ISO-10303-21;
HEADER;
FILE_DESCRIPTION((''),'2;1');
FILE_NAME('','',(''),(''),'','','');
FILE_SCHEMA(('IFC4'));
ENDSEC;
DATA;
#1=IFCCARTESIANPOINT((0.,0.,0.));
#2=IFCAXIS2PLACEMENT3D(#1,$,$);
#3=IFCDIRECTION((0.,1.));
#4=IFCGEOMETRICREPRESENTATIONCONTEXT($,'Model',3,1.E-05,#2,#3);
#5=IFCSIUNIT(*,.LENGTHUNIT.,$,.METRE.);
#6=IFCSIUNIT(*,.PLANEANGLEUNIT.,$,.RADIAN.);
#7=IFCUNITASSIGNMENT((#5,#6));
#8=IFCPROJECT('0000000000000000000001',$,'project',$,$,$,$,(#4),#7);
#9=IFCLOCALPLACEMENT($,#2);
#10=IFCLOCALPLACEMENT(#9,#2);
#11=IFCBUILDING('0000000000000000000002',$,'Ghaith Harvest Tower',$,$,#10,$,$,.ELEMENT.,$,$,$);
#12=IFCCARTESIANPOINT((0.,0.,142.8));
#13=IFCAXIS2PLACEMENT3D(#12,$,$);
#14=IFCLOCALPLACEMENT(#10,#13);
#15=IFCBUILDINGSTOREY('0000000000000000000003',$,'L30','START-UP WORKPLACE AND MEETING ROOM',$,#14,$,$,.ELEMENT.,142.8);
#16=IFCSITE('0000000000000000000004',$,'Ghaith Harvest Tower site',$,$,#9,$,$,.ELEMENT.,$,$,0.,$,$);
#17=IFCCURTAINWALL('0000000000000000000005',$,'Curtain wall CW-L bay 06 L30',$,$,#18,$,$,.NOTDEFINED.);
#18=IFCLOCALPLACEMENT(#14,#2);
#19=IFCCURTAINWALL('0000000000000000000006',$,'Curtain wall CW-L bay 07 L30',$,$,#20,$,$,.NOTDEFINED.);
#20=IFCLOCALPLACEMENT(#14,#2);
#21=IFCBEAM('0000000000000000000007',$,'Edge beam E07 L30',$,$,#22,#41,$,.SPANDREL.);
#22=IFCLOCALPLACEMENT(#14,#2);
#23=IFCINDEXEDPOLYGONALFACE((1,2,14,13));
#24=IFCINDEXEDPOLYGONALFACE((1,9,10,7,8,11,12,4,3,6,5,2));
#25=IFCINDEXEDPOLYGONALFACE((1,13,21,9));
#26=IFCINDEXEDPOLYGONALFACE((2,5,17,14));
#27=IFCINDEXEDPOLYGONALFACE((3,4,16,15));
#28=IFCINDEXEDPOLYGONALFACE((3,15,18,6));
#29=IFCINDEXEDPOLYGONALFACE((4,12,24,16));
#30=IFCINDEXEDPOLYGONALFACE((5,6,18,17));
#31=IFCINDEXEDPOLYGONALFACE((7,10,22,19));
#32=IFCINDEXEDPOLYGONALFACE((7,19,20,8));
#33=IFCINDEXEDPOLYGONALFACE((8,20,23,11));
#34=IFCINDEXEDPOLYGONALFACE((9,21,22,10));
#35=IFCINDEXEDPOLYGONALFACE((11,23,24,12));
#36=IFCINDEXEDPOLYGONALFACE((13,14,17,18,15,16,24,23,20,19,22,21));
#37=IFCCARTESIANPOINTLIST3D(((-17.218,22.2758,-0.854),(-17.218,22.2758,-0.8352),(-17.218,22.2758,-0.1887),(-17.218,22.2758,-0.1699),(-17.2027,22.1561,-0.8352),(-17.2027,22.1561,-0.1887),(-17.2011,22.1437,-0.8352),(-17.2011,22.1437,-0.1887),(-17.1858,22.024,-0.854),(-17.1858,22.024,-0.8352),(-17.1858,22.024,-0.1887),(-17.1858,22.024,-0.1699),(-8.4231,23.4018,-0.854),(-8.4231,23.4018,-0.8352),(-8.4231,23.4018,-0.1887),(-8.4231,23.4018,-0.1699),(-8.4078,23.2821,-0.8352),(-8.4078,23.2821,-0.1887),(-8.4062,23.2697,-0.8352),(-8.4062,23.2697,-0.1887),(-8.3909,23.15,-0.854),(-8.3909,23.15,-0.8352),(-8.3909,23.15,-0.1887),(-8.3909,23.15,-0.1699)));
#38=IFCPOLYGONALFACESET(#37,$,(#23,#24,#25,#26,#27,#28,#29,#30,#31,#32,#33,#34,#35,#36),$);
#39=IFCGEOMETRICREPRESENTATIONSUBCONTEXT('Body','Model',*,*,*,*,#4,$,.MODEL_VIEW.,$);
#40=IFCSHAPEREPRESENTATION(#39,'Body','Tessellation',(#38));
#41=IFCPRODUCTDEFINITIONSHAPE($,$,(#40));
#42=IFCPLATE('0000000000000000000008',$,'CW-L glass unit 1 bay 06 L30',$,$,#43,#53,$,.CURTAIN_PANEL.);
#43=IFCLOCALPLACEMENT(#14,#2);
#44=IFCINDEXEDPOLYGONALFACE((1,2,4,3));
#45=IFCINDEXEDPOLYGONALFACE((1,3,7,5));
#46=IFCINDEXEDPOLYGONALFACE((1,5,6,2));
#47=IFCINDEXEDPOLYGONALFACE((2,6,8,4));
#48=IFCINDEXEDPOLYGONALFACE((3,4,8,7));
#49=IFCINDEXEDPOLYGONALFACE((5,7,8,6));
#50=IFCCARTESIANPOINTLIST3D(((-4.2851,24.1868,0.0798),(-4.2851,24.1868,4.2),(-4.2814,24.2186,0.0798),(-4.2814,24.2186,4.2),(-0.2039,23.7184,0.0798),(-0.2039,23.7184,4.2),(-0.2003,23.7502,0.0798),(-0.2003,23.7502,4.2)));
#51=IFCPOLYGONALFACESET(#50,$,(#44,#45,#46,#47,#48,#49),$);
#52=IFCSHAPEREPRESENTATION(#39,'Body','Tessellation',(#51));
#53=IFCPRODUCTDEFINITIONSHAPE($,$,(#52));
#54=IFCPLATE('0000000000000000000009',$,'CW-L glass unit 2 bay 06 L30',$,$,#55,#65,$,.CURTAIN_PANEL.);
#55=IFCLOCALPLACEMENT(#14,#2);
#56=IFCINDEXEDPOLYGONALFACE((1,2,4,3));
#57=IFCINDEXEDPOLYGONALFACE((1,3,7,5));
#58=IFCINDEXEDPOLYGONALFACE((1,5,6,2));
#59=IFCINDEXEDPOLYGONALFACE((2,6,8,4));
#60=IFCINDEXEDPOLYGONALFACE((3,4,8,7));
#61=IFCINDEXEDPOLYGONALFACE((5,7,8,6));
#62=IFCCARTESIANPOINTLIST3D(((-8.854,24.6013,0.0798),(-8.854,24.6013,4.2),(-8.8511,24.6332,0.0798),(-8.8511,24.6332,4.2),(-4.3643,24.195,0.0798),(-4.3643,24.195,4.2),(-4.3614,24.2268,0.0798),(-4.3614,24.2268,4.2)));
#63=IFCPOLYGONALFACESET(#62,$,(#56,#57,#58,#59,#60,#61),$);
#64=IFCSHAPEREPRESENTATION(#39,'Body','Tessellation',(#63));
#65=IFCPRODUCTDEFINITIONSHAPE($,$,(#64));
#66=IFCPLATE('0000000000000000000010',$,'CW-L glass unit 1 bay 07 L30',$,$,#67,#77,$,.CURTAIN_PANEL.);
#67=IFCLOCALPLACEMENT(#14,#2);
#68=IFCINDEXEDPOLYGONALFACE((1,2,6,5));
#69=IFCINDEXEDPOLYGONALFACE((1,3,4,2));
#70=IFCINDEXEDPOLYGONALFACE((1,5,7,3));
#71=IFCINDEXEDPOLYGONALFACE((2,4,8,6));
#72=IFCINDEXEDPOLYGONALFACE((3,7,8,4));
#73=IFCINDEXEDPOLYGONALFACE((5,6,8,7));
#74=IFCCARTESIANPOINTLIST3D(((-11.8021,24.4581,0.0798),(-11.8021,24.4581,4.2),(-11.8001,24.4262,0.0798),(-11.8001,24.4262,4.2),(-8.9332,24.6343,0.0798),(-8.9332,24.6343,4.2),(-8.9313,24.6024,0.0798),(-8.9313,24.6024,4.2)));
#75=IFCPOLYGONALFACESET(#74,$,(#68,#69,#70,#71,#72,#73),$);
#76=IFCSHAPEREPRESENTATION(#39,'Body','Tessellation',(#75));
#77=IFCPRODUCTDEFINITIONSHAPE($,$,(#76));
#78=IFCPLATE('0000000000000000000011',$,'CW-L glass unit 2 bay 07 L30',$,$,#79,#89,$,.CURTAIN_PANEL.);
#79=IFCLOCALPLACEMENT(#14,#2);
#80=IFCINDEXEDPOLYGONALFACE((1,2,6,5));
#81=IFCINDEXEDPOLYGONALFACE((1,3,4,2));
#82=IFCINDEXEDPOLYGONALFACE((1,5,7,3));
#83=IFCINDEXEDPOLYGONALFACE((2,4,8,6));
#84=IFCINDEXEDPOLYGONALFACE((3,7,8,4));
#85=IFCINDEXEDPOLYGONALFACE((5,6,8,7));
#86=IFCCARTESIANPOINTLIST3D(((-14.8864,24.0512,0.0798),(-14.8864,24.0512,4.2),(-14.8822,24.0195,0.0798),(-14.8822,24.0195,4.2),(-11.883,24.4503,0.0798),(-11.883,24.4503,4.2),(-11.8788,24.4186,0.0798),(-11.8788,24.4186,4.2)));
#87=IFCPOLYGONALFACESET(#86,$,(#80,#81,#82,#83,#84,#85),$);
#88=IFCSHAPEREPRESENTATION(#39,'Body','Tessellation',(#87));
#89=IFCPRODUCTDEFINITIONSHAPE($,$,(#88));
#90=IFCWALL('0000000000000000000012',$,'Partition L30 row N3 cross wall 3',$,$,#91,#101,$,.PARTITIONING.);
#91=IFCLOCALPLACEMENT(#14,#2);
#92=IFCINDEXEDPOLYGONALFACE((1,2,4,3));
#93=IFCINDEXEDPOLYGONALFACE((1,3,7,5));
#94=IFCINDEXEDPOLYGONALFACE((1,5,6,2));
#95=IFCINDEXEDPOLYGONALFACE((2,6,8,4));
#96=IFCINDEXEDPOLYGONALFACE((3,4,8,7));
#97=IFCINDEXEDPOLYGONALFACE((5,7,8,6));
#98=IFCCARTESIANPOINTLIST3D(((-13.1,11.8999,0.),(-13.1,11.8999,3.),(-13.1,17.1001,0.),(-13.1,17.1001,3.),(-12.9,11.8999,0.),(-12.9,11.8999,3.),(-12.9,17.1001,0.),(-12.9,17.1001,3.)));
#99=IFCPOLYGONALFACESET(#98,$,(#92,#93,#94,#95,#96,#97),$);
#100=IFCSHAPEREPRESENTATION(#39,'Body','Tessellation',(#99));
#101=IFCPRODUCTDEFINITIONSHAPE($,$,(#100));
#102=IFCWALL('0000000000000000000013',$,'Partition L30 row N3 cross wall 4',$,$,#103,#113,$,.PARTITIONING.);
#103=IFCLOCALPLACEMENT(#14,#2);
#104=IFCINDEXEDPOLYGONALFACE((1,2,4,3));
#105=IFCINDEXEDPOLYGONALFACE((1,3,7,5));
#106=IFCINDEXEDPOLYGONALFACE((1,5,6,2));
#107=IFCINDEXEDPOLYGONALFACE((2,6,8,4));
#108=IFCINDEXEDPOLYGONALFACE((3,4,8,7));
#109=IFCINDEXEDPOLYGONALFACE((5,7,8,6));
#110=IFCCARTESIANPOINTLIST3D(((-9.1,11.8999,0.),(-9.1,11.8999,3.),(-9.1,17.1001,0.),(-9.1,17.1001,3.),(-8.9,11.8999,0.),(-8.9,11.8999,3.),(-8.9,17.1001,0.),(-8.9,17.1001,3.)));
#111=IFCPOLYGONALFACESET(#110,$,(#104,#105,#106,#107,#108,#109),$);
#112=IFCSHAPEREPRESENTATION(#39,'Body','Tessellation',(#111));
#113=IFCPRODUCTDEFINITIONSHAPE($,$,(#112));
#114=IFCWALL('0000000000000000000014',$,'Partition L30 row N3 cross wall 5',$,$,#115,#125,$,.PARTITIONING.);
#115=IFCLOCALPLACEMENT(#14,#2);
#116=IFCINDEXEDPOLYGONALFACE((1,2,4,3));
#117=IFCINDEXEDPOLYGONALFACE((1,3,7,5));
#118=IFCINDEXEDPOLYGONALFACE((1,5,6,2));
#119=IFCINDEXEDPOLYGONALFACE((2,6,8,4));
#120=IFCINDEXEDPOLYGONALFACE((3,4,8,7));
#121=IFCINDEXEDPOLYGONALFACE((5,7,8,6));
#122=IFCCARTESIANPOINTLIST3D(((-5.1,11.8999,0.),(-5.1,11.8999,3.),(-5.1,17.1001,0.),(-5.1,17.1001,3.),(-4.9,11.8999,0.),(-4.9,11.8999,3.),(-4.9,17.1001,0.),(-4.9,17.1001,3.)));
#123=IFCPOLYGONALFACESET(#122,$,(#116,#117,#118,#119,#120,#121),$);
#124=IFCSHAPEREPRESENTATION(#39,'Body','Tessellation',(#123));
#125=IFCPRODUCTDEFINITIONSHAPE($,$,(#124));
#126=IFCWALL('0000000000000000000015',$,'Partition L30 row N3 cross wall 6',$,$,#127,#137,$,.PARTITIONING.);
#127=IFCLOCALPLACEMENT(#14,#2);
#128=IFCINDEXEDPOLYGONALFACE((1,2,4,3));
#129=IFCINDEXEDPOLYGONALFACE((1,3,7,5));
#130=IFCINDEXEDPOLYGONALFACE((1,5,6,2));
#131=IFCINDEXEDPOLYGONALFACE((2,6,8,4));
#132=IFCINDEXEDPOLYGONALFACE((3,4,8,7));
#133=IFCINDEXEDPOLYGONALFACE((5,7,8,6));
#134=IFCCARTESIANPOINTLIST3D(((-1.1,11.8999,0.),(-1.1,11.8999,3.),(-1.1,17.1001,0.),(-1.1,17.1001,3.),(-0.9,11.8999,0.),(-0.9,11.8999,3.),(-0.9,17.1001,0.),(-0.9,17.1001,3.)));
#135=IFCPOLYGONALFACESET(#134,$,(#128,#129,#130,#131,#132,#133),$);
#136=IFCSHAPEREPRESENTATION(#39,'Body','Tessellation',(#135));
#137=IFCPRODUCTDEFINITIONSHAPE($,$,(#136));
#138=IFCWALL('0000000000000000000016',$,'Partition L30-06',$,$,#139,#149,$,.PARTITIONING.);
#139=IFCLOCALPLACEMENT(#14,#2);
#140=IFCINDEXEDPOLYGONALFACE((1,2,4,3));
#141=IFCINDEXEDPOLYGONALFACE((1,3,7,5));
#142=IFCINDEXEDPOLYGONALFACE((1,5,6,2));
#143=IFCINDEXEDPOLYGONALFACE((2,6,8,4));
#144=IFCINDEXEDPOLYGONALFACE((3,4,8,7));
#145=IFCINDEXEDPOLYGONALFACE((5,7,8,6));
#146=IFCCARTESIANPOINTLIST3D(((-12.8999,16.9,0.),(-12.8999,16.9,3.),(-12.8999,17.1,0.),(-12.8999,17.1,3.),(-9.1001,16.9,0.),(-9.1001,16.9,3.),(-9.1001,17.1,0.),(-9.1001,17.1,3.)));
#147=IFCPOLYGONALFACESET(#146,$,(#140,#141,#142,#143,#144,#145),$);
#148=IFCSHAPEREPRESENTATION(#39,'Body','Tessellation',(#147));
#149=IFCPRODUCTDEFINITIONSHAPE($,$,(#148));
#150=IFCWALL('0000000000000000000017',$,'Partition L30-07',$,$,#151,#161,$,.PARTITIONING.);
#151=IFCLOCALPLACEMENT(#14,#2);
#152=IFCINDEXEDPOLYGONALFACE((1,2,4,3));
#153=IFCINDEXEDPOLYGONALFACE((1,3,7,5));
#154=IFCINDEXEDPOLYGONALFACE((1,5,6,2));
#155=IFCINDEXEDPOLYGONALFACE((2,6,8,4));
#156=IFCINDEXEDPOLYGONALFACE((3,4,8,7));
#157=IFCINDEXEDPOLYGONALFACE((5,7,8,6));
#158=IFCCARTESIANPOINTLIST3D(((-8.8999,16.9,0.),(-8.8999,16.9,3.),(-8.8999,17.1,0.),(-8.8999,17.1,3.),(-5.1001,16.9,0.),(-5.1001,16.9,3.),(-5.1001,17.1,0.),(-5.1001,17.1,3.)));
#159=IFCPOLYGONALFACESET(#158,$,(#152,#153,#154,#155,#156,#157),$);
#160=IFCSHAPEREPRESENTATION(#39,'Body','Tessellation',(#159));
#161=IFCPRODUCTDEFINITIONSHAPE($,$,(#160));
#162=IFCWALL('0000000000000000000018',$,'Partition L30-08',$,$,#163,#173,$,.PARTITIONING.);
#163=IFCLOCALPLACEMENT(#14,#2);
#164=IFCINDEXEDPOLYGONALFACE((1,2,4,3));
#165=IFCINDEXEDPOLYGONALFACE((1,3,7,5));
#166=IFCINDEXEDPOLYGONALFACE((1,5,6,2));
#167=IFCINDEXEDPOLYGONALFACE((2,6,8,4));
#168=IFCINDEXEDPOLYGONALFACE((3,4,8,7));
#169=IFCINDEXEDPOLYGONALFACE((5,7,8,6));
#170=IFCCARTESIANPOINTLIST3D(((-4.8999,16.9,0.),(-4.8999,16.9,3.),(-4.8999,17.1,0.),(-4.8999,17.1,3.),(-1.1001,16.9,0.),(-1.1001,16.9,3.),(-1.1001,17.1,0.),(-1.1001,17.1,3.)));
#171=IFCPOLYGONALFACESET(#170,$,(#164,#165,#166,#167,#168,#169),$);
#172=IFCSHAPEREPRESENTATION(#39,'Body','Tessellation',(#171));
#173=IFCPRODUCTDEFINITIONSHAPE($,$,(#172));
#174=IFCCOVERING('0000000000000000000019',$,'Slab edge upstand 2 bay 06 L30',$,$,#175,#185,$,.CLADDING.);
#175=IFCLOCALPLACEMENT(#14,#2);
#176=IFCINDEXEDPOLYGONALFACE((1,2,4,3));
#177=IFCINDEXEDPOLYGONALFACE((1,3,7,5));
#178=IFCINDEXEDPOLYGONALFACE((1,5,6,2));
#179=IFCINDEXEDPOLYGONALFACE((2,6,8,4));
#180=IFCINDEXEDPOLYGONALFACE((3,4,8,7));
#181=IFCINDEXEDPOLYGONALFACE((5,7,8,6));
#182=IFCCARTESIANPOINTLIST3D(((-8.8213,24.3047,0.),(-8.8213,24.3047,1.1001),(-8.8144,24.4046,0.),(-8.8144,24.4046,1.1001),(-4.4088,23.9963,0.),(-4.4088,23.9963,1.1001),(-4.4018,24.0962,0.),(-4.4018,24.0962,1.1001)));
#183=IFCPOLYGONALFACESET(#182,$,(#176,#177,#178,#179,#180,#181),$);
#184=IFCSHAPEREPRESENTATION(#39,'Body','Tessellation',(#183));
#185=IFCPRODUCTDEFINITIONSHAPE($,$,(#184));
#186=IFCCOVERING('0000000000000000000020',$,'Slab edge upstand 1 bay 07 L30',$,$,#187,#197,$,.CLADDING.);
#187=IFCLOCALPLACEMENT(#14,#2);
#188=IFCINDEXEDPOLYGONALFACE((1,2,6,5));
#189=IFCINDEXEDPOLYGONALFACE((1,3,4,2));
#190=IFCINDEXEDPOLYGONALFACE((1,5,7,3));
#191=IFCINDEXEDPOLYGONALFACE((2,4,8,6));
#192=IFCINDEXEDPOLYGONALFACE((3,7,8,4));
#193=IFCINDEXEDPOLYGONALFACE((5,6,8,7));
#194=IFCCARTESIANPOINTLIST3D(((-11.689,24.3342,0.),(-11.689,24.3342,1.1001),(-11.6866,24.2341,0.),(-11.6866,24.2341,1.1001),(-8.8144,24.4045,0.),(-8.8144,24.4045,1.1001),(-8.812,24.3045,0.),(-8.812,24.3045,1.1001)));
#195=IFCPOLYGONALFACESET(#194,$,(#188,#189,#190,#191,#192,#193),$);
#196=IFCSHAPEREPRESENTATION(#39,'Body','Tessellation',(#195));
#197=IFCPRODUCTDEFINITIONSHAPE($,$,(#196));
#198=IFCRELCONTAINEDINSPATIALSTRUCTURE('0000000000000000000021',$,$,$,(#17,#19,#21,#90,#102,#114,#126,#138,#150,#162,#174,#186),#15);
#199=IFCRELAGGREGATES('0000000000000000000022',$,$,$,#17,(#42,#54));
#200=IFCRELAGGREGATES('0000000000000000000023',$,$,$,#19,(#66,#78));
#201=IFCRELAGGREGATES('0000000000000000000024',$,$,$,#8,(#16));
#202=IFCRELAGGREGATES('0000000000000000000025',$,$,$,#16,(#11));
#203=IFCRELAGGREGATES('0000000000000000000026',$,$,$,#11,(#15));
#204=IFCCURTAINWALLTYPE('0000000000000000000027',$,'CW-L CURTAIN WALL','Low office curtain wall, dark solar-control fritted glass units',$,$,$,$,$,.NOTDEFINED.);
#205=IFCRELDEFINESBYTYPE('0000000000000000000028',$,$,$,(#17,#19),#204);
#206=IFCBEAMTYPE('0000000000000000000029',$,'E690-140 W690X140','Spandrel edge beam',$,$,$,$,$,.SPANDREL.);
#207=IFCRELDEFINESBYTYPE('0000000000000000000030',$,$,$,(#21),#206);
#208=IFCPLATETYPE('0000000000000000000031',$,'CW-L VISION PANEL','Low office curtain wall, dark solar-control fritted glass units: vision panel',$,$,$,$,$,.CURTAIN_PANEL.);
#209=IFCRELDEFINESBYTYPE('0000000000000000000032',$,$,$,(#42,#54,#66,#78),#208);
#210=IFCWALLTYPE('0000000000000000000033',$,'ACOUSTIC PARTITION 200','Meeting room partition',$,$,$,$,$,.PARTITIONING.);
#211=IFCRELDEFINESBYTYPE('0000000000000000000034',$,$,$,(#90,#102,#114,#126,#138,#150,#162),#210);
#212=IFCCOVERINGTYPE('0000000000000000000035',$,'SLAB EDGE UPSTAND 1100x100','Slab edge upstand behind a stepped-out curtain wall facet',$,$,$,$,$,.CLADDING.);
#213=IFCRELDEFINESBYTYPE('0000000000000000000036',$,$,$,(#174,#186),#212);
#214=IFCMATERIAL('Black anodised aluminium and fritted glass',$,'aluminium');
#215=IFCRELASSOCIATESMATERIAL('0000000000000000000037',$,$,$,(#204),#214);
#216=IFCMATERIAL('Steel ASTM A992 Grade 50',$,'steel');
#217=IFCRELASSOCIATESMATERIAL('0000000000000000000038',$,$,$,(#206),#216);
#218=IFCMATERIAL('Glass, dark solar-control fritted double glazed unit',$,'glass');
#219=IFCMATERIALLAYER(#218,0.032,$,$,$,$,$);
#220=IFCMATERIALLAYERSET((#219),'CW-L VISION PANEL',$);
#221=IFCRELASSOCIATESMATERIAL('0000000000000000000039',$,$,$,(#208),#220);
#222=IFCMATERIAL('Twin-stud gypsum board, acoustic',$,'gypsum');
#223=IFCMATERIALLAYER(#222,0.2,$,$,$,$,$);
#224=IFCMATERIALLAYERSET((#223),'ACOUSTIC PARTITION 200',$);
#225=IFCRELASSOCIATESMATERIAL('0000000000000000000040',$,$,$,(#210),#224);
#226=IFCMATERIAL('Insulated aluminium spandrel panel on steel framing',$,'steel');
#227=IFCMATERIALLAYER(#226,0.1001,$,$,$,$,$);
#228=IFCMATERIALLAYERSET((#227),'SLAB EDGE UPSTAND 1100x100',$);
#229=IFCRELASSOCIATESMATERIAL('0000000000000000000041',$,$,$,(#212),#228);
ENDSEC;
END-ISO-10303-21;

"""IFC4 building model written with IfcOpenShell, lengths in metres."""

from ifc_helpers import new_model, si_unit, direction, frame, frame_2d, origin, origin_2d, place, context, subcontext, project, spatial, rectangle, i_section, extrude, material, layer, layer_set, material_profile, profile_set, type_object, element, aggregate, save


model = new_model("IFC4")

# Units and contexts
model_context = context("Model", 3, precision=1e-05, world=origin(), true_north=direction((0.0, 1.0)))
body_context = subcontext(model_context, "Body", "Model", "MODEL_VIEW")
ifc_project = project(units=[si_unit("LENGTHUNIT", "METRE"), si_unit("PLANEANGLEUNIT", "RADIAN")], contexts=[model_context])

# Site, building, storey
site_placement = place(None, origin())
site = spatial("IfcSite", under=ifc_project, at=site_placement, Name="Ghaith Harvest Tower site", CompositionType="ELEMENT", RefElevation=0.0)
building_placement = place(site_placement, origin())
building = spatial("IfcBuilding", under=site, at=building_placement, Name="Ghaith Harvest Tower", CompositionType="ELEMENT")
storey_placement = place(building_placement, frame((0.0, 0.0, 142.8)))
storey = spatial("IfcBuildingStorey", under=building, at=storey_placement, Name="L30", Description="START-UP WORKPLACE AND MEETING ROOM", CompositionType="ELEMENT", Elevation=142.8)

# Curtain walls
ifc_material_1 = material(Name="Black anodised aluminium and fritted glass", Category="aluminium")
curtain_wall_type = type_object("IfcCurtainWallType", Name="CW-L CURTAIN WALL", Description="Low office curtain wall, dark solar-control fritted glass units", PredefinedType="NOTDEFINED", material=ifc_material_1)
curtain_wall_1_placement = place(storey_placement, origin())
curtain_wall_1 = element("IfcCurtainWall", 1, at=curtain_wall_1_placement, inside=storey, type_object=curtain_wall_type, Name="Curtain wall CW-L bay 06 L30", PredefinedType="NOTDEFINED")
curtain_wall_2_placement = place(storey_placement, origin())
curtain_wall_2 = element("IfcCurtainWall", 2, at=curtain_wall_2_placement, inside=storey, type_object=curtain_wall_type, Name="Curtain wall CW-L bay 07 L30", PredefinedType="NOTDEFINED")

# Beam
ifc_material_2 = material(Name="Steel ASTM A992 Grade 50", Category="steel")
ifc_material_profile_1 = material_profile(ifc_material_2, i_section(OverallWidth=0.2539, OverallDepth=0.6841, WebThickness=0.0125, FlangeThickness=0.0188, at=origin_2d()), Name="W690X140")
ifc_profile_set_1 = profile_set([ifc_material_profile_1], Name="Steel ASTM A992 Grade 50")
beam_type = type_object("IfcBeamType", Name="E690-140 W690X140", Description="Spandrel edge beam", PredefinedType="SPANDREL", material=ifc_profile_set_1)
beam_1_placement = place(storey_placement, frame((-8.407, 23.2759, -0.512), z_axis=(-0.991904, -0.126989, 0.0), x_axis=(0.126989, -0.991904, 0.0)))
element("IfcBeam", 3, at=beam_1_placement, inside=storey, type_object=beam_type, Name="Edge beam E07 L30", PredefinedType="SPANDREL", context=body_context, shape_type="SweptSolid", body=[
    extrude(i_section(OverallWidth=0.2539, OverallDepth=0.6841, WebThickness=0.0125, FlangeThickness=0.0188, at=origin_2d()), origin(), (0.0, 0.0, 1.0), 8.8667),
])

# Plates
ifc_material_3 = material(Name="Glass, dark solar-control fritted double glazed unit", Category="glass")
ifc_layer_1 = layer(ifc_material_3, 0.032)
ifc_layer_set_1 = layer_set([ifc_layer_1], Name="CW-L VISION PANEL")
plate_type = type_object("IfcPlateType", Name="CW-L VISION PANEL", Description="Low office curtain wall, dark solar-control fritted glass units: vision panel", PredefinedType="CURTAIN_PANEL", material=ifc_layer_set_1)
plate_1_placement = place(storey_placement, frame((-2.2427, 23.9685, 0.0798), z_axis=(0.0, 0.0, 1.0), x_axis=(-0.993477, 0.114032, 0.0)))
plate_1 = element("IfcPlate", 4, at=plate_1_placement, type_object=plate_type, Name="CW-L glass unit 1 bay 06 L30", PredefinedType="CURTAIN_PANEL", context=body_context, shape_type="SweptSolid", body=[
    extrude(rectangle(XDim=4.1079, YDim=0.032, at=origin_2d()), origin(), (0.0, 0.0, 1.0), 4.1201),
])
plate_2_placement = place(storey_placement, frame((-6.6077, 24.4141, 0.0798), z_axis=(0.0, 0.0, 1.0), x_axis=(-0.995929, 0.090144, 0.0)))
plate_2 = element("IfcPlate", 5, at=plate_2_placement, type_object=plate_type, Name="CW-L glass unit 2 bay 06 L30", PredefinedType="CURTAIN_PANEL", context=body_context, shape_type="SweptSolid", body=[
    extrude(rectangle(XDim=4.5081, YDim=0.032, at=origin_2d()), origin(), (0.0, 0.0, 1.0), 4.1201),
])
aggregate(curtain_wall_1, [plate_1, plate_2])
plate_3_placement = place(storey_placement, frame((-10.3667, 24.5303, 0.0798), z_axis=(0.0, 0.0, 1.0), x_axis=(-0.998119, -0.061303, 0.0)))
plate_3 = element("IfcPlate", 6, at=plate_3_placement, type_object=plate_type, Name="CW-L glass unit 1 bay 07 L30", PredefinedType="CURTAIN_PANEL", context=body_context, shape_type="SweptSolid", body=[
    extrude(rectangle(XDim=2.8743, YDim=0.032, at=origin_2d()), origin(), (0.0, 0.0, 1.0), 4.1201),
])
plate_4_placement = place(storey_placement, frame((-13.3826, 24.2349, 0.0798), z_axis=(0.0, 0.0, 1.0), x_axis=(-0.991286, -0.131728, 0.0)))
plate_4 = element("IfcPlate", 7, at=plate_4_placement, type_object=plate_type, Name="CW-L glass unit 2 bay 07 L30", PredefinedType="CURTAIN_PANEL", context=body_context, shape_type="SweptSolid", body=[
    extrude(rectangle(XDim=3.0298, YDim=0.032, at=origin_2d()), origin(), (0.0, 0.0, 1.0), 4.1201),
])
aggregate(curtain_wall_2, [plate_3, plate_4])

# Walls
ifc_material_4 = material(Name="Twin-stud gypsum board, acoustic", Category="gypsum")
ifc_layer_2 = layer(ifc_material_4, 0.2)
ifc_layer_set_2 = layer_set([ifc_layer_2], Name="ACOUSTIC PARTITION 200")
wall_type = type_object("IfcWallType", Name="ACOUSTIC PARTITION 200", Description="Meeting room partition", PredefinedType="PARTITIONING", material=ifc_layer_set_2)
for number, where, z_axis, x_axis, name in (
    (8, (-13.0, 11.8999, 0.0), (0.0, 0.0, 1.0), (0.0, 1.0, 0.0), "Partition L30 row N3 cross wall 3"),
    (9, (-9.0, 11.8999, 0.0), (0.0, 0.0, 1.0), (0.0, 1.0, 0.0), "Partition L30 row N3 cross wall 4"),
    (10, (-5.0, 11.8999, 0.0), (0.0, 0.0, 1.0), (0.0, 1.0, 0.0), "Partition L30 row N3 cross wall 5"),
    (11, (-1.0, 11.8999, 0.0), (0.0, 0.0, 1.0), (0.0, 1.0, 0.0), "Partition L30 row N3 cross wall 6"),
):
    element("IfcWall", number, at=place(storey_placement, frame(where, z_axis=z_axis, x_axis=x_axis)), inside=storey, type_object=wall_type, Name=name, PredefinedType="PARTITIONING", context=body_context, shape_type="SweptSolid", body=[
        extrude(rectangle(XDim=5.2002, YDim=0.2, at=frame_2d((2.6001, 0.0))), origin(), (0.0, 0.0, 1.0), 3.0),
    ])

# Wall
wall_1_placement = place(storey_placement, frame((-12.8999, 17.0, 0.0), z_axis=(0.0, 0.0, 1.0), x_axis=(1.0, 0.0, 0.0)))
element("IfcWall", 12, at=wall_1_placement, inside=storey, type_object=wall_type, Name="Partition L30-06", PredefinedType="PARTITIONING", context=body_context, shape_type="SweptSolid", body=[
    extrude(rectangle(XDim=3.7998, YDim=0.2, at=frame_2d((1.8999, 0.0))), origin(), (0.0, 0.0, 1.0), 3.0),
])

# Wall
wall_2_placement = place(storey_placement, frame((-8.8999, 17.0, 0.0), z_axis=(0.0, 0.0, 1.0), x_axis=(1.0, 0.0, 0.0)))
element("IfcWall", 13, at=wall_2_placement, inside=storey, type_object=wall_type, Name="Partition L30-07", PredefinedType="PARTITIONING", context=body_context, shape_type="SweptSolid", body=[
    extrude(rectangle(XDim=3.7998, YDim=0.2, at=frame_2d((1.8999, 0.0))), origin(), (0.0, 0.0, 1.0), 3.0),
])

# Wall
wall_3_placement = place(storey_placement, frame((-4.8999, 17.0, 0.0), z_axis=(0.0, 0.0, 1.0), x_axis=(1.0, 0.0, 0.0)))
element("IfcWall", 14, at=wall_3_placement, inside=storey, type_object=wall_type, Name="Partition L30-08", PredefinedType="PARTITIONING", context=body_context, shape_type="SweptSolid", body=[
    extrude(rectangle(XDim=3.7998, YDim=0.2, at=frame_2d((1.8999, 0.0))), origin(), (0.0, 0.0, 1.0), 3.0),
])

# Coverings
ifc_material_5 = material(Name="Insulated aluminium spandrel panel on steel framing", Category="steel")
ifc_layer_3 = layer(ifc_material_5, 0.1001)
ifc_layer_set_3 = layer_set([ifc_layer_3], Name="SLAB EDGE UPSTAND 1100x100")
covering_type = type_object("IfcCoveringType", Name="SLAB EDGE UPSTAND 1100x100", Description="Slab edge upstand behind a stepped-out curtain wall facet", PredefinedType="CLADDING", material=ifc_layer_set_3)
covering_1_placement = place(storey_placement, frame((-6.6116, 24.2004, 0.0), z_axis=(0.0, 0.0, 1.0), x_axis=(-0.997566, 0.069726, 0.0)))
element("IfcCovering", 15, at=covering_1_placement, inside=storey, type_object=covering_type, Name="Slab edge upstand 2 bay 06 L30", PredefinedType="CLADDING", context=body_context, shape_type="SweptSolid", body=[
    extrude(rectangle(XDim=4.4233, YDim=0.1001, at=origin_2d()), origin(), (0.0, 0.0, 1.0), 1.1001),
])
covering_2_placement = place(storey_placement, frame((-10.2505, 24.3193, 0.0), z_axis=(0.0, 0.0, 1.0), x_axis=(-0.999701, -0.024458, 0.0)))
element("IfcCovering", 16, at=covering_2_placement, inside=storey, type_object=covering_type, Name="Slab edge upstand 1 bay 07 L30", PredefinedType="CLADDING", context=body_context, shape_type="SweptSolid", body=[
    extrude(rectangle(XDim=2.8755, YDim=0.1001, at=origin_2d()), origin(), (0.0, 0.0, 1.0), 1.1001),
])

save(model, "model.ifc")
